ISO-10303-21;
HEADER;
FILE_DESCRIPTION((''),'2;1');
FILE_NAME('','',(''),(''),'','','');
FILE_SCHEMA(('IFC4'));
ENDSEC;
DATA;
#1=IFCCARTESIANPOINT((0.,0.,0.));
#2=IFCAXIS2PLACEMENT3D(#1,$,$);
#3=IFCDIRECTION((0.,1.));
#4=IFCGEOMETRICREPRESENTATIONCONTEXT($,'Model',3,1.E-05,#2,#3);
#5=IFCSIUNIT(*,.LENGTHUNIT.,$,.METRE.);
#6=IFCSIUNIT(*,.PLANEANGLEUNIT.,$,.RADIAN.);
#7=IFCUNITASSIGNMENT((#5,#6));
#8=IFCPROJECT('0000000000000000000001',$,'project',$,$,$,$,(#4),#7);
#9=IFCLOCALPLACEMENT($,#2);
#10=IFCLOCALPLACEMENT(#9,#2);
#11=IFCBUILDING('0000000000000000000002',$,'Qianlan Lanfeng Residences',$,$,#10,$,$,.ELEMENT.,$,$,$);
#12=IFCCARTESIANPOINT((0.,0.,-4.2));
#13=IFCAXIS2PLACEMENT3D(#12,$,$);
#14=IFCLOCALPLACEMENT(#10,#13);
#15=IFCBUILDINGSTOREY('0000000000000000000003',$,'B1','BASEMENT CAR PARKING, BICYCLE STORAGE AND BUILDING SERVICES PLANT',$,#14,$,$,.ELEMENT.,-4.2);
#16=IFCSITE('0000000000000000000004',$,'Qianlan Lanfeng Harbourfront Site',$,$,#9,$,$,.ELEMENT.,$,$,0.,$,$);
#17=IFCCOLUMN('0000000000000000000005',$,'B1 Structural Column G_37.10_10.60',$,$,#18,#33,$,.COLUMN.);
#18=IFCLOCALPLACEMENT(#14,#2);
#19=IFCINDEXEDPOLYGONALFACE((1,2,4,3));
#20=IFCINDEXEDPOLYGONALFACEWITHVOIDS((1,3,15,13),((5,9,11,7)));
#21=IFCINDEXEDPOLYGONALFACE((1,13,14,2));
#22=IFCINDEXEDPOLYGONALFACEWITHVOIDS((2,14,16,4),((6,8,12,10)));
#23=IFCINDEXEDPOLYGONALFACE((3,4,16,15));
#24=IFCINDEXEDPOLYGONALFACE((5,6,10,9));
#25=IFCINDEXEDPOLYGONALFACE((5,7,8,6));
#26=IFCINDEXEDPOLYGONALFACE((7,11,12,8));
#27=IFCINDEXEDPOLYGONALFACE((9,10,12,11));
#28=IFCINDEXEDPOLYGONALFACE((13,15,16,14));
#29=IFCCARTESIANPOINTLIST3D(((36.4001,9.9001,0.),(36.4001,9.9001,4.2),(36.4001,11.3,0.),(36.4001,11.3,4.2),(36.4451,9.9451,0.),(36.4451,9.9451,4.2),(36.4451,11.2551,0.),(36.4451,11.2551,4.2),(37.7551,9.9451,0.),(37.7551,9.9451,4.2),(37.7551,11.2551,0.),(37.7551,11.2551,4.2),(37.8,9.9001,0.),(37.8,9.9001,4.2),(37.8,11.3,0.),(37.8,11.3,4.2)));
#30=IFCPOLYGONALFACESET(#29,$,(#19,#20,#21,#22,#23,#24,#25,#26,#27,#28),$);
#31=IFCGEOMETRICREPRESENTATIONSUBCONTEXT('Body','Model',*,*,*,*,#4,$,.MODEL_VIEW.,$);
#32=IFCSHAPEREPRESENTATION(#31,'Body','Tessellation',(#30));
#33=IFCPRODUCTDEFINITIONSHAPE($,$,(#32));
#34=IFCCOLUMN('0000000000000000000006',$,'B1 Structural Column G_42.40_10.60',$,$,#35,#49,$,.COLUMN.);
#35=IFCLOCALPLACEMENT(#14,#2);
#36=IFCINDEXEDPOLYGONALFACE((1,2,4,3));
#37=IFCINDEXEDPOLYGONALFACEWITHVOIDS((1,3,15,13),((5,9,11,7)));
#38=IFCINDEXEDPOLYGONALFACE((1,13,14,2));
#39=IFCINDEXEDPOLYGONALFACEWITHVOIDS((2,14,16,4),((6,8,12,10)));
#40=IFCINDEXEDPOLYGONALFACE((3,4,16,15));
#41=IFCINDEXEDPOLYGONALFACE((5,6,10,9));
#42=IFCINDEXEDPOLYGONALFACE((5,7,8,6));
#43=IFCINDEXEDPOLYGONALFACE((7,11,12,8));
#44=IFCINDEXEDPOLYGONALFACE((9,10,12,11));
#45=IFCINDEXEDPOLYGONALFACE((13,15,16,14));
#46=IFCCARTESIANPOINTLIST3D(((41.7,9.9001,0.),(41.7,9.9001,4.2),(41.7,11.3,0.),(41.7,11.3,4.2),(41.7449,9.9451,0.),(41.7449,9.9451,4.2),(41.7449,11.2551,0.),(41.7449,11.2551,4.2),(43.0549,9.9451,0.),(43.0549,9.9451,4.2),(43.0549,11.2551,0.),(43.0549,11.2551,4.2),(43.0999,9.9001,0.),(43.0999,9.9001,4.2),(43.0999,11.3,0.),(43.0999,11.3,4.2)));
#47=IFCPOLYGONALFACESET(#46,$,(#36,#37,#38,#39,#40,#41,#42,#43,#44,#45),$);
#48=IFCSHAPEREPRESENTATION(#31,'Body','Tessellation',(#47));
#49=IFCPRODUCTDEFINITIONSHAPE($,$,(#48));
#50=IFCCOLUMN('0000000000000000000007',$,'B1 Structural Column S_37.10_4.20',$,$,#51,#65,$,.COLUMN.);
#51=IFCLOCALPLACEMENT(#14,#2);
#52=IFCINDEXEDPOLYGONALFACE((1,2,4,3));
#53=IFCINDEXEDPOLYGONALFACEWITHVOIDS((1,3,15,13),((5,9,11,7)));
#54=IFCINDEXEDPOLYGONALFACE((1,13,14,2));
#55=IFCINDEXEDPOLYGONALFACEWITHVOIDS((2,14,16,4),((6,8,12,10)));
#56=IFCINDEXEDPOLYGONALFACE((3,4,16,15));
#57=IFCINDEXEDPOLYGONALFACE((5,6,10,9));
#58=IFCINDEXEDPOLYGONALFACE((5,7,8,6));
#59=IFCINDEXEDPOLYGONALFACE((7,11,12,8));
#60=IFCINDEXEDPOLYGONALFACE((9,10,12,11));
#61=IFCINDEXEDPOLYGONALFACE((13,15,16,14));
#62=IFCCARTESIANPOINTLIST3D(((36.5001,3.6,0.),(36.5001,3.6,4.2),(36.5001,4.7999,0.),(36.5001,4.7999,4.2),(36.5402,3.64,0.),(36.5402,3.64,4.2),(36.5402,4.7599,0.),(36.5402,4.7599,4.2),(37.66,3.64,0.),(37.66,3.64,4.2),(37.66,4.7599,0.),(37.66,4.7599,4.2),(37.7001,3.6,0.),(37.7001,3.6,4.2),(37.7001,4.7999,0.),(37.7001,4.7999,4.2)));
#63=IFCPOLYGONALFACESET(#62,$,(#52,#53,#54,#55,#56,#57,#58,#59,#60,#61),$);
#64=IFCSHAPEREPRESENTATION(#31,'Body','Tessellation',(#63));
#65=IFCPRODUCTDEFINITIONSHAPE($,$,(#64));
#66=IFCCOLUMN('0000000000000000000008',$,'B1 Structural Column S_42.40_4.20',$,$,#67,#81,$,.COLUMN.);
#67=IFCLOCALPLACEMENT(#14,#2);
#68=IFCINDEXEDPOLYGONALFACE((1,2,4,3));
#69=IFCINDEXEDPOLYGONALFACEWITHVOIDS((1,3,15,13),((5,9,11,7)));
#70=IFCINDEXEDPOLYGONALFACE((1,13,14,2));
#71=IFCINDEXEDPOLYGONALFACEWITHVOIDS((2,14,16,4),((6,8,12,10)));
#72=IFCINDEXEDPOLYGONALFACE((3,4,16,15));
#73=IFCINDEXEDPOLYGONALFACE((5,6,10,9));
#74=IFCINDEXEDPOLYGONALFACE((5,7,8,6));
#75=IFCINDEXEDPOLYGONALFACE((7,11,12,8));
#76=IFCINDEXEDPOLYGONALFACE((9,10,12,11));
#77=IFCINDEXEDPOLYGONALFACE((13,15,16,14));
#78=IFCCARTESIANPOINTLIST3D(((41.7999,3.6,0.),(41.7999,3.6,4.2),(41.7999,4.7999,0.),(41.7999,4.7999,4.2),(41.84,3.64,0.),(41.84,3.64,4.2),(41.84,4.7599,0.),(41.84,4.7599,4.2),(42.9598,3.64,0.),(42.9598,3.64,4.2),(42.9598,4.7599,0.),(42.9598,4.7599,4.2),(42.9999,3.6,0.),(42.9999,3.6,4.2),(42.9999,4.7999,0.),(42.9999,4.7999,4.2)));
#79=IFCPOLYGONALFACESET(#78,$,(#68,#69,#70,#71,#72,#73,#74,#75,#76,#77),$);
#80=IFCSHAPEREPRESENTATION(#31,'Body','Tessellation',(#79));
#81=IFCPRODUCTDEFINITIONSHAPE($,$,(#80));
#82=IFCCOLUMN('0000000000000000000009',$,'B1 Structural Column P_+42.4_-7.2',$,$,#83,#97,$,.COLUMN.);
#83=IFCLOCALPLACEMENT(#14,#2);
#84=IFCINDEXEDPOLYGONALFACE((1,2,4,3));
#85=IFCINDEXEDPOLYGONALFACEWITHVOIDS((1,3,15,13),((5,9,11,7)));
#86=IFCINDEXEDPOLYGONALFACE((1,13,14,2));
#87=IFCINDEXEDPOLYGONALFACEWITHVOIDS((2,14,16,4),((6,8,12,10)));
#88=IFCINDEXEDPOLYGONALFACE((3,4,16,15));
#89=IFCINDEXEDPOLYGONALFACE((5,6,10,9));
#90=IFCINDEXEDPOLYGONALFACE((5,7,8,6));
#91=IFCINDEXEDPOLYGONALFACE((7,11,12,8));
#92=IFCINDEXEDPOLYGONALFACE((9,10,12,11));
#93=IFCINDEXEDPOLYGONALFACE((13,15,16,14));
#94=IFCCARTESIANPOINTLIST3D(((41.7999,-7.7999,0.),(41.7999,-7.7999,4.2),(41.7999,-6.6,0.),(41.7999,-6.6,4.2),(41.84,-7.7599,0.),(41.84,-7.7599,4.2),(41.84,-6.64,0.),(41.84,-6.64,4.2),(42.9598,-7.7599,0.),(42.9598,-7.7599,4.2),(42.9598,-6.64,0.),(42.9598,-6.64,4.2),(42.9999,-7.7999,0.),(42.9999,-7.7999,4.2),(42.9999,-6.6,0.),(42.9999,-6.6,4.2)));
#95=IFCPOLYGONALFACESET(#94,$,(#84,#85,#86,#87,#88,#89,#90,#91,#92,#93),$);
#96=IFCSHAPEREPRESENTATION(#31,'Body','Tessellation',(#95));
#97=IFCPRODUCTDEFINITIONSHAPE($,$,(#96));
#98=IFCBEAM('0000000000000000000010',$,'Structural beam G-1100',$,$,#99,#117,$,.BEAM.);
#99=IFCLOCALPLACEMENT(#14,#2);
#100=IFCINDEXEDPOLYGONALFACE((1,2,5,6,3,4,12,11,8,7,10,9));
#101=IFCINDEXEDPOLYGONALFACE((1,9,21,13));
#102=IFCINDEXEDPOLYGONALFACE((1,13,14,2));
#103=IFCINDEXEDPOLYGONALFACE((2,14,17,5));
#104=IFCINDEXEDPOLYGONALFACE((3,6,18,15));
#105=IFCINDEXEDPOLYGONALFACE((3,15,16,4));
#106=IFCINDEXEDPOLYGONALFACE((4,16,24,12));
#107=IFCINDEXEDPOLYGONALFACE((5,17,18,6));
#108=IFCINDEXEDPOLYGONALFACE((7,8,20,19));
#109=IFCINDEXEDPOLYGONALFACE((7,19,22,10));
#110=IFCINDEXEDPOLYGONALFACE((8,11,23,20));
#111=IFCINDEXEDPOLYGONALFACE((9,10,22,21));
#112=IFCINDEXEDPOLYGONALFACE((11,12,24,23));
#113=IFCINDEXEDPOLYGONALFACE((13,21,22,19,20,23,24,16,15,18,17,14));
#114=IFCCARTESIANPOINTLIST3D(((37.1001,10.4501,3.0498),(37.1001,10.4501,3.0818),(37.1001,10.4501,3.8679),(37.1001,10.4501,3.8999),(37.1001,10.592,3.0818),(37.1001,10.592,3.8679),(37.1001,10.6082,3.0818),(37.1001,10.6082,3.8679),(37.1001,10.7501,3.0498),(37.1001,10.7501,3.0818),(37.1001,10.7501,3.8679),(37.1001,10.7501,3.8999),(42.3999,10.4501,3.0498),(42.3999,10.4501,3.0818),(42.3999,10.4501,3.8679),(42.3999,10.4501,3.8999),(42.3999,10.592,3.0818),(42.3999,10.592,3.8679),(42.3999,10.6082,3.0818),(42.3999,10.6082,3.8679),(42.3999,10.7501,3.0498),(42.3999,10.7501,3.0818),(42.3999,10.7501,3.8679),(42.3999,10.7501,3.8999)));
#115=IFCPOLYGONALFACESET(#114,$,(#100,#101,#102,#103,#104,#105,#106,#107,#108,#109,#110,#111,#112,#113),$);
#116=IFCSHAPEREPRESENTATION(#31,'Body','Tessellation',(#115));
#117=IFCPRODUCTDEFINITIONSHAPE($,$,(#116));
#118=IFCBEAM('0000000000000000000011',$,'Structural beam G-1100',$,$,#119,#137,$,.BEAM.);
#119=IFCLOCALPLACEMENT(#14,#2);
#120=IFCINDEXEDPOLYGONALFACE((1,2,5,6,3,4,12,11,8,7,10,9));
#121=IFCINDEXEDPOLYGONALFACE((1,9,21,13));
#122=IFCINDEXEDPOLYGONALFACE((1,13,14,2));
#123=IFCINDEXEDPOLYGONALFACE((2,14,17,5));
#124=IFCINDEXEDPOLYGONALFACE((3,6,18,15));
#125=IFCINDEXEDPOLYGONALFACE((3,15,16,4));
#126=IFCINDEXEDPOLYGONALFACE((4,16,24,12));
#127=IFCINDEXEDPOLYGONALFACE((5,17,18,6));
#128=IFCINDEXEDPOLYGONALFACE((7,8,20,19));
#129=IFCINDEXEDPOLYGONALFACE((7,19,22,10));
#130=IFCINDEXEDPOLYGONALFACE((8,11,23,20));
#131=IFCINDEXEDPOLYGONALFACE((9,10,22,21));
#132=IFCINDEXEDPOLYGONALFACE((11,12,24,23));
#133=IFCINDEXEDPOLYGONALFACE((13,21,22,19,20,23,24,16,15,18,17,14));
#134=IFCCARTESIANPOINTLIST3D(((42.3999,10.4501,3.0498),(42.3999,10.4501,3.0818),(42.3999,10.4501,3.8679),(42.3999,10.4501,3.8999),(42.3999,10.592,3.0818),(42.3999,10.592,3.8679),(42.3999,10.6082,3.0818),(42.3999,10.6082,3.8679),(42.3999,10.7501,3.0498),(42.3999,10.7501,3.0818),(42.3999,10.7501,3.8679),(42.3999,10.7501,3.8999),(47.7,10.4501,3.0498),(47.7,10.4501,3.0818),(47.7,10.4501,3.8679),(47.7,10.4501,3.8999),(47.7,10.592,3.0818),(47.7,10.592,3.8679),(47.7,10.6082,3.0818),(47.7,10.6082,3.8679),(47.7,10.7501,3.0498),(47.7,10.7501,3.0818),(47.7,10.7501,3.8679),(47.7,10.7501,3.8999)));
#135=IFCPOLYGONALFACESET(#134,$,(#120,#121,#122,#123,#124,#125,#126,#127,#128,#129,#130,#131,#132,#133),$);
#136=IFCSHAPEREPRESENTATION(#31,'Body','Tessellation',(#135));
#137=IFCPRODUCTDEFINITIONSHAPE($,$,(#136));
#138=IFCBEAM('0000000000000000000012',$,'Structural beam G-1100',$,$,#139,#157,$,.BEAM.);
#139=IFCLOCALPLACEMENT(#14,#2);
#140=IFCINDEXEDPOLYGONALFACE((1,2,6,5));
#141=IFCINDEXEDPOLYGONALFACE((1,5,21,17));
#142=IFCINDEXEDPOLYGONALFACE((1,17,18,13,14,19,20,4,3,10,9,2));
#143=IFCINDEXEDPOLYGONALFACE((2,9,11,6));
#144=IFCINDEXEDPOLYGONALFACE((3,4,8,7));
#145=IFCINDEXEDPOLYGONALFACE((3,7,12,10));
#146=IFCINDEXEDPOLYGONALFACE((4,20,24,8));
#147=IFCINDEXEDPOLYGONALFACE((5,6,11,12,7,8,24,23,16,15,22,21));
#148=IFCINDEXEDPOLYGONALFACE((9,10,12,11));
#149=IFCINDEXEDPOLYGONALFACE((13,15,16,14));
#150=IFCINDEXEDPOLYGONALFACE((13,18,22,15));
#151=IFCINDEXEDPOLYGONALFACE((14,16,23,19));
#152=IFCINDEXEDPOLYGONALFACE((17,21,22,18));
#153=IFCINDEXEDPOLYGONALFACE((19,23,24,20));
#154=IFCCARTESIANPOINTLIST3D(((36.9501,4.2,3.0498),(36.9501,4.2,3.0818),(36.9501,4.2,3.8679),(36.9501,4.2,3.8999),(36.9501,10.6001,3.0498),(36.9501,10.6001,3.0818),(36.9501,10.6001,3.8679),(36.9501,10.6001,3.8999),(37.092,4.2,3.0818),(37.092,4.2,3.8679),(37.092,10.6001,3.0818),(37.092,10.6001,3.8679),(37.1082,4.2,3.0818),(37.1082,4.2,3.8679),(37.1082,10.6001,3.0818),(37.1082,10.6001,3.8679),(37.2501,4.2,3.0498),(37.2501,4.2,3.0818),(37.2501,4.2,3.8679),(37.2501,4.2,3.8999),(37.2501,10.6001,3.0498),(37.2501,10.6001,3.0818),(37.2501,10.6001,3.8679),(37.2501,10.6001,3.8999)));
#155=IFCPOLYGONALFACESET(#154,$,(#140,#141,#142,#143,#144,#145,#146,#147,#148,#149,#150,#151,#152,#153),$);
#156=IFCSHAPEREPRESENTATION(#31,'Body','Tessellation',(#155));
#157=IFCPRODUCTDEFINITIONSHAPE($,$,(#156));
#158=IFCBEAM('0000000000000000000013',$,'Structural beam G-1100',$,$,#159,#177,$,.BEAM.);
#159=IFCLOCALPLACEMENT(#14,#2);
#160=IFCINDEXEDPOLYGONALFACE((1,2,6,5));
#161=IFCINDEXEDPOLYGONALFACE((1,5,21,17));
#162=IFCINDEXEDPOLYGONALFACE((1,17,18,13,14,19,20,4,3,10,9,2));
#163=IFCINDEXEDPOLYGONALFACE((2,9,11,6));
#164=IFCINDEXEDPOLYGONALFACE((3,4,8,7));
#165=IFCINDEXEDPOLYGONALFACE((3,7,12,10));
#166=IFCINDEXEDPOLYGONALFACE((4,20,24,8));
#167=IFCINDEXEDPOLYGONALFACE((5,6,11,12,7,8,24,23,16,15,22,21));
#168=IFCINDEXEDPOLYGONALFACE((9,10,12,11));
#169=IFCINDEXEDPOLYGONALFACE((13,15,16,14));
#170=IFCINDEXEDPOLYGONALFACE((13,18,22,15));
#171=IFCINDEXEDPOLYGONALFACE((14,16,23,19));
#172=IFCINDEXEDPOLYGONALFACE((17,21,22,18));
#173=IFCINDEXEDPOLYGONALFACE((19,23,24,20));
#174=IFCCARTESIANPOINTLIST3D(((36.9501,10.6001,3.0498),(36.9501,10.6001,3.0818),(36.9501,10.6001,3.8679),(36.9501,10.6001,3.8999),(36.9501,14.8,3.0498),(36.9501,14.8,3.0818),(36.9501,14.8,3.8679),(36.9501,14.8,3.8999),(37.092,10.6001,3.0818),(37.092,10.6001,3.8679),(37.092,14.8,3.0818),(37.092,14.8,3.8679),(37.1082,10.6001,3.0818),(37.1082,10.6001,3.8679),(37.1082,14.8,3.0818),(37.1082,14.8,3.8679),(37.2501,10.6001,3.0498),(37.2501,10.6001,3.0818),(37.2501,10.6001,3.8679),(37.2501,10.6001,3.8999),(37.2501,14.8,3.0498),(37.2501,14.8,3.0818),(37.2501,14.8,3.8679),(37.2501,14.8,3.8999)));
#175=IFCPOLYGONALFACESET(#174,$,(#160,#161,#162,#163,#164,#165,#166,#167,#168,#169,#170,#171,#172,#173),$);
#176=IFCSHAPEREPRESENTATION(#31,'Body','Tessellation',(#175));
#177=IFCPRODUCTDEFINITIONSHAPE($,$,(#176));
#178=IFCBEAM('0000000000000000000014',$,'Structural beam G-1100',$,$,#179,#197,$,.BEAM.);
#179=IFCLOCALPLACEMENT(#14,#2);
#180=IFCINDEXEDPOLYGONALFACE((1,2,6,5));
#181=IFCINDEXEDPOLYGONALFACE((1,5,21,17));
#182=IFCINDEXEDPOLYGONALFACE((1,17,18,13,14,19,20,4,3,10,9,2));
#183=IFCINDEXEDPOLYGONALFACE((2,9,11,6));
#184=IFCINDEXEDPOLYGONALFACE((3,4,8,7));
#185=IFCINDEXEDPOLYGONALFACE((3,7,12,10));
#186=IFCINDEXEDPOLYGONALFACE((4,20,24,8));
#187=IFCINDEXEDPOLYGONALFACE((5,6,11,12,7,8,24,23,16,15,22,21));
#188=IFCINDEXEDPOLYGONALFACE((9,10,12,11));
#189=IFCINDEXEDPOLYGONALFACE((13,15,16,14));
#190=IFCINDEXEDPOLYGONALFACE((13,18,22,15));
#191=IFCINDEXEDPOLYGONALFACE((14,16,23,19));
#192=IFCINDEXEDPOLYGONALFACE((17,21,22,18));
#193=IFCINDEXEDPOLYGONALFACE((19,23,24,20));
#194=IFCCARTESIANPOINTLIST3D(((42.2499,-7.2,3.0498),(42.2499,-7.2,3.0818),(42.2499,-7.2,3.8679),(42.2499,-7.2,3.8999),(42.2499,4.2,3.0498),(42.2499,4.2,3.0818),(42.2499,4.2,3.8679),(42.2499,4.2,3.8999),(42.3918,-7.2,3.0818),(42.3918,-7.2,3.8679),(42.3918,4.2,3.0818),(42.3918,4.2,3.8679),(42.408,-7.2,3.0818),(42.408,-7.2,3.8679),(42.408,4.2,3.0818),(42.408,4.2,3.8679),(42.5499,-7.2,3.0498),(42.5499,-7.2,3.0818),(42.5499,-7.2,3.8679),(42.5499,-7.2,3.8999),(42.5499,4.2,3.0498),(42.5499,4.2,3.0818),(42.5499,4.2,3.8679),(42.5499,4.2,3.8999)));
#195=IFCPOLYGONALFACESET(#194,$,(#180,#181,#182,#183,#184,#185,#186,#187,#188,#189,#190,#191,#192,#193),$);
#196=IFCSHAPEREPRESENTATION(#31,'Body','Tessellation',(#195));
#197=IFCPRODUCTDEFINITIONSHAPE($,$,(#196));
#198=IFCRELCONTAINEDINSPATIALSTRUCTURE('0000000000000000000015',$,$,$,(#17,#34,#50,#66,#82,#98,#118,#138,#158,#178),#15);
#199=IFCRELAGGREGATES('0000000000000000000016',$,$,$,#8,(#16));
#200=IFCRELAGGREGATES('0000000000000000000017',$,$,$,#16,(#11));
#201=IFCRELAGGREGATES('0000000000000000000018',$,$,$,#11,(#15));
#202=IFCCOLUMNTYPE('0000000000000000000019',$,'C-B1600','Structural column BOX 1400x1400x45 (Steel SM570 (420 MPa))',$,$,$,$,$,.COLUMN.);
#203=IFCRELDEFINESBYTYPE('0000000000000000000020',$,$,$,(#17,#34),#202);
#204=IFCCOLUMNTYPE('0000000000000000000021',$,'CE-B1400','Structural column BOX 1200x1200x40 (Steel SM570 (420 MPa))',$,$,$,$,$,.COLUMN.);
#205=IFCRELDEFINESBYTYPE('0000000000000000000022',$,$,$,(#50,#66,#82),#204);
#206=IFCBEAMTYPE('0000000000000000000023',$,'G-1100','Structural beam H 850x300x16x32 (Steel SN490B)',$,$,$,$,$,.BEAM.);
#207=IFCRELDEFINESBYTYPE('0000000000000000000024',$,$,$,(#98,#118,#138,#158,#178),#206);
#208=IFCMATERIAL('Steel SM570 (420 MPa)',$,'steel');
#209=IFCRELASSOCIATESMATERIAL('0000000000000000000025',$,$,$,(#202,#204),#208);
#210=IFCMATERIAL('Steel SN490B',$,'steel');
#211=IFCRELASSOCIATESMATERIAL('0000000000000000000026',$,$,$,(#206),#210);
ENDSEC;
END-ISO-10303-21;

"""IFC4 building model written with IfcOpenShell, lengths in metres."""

from ifc_helpers import new_model, si_unit, direction, frame, origin, origin_2d, place, context, subcontext, project, spatial, hollow_rectangle, i_section, extrude, material, material_profile, profile_set, type_object, element, save


model = new_model("IFC4")

# Units and contexts
model_context = context("Model", 3, precision=1e-05, world=origin(), true_north=direction((0.0, 1.0)))
body_context = subcontext(model_context, "Body", "Model", "MODEL_VIEW")
ifc_project = project(units=[si_unit("LENGTHUNIT", "METRE"), si_unit("PLANEANGLEUNIT", "RADIAN")], contexts=[model_context])

# Site, building, storey
site_placement = place(None, origin())
site = spatial("IfcSite", under=ifc_project, at=site_placement, Name="Qianlan Lanfeng Harbourfront Site", CompositionType="ELEMENT", RefElevation=0.0)
building_placement = place(site_placement, origin())
building = spatial("IfcBuilding", under=site, at=building_placement, Name="Qianlan Lanfeng Residences", CompositionType="ELEMENT")
storey_placement = place(building_placement, frame((0.0, 0.0, -4.2)))
storey = spatial("IfcBuildingStorey", under=building, at=storey_placement, Name="B1", Description="BASEMENT CAR PARKING, BICYCLE STORAGE AND BUILDING SERVICES PLANT", CompositionType="ELEMENT", Elevation=-4.2)

# Columns
ifc_material_1 = material(Name="Steel SM570 (420 MPa)", Category="steel")
ifc_material_profile_1 = material_profile(ifc_material_1, hollow_rectangle(XDim=1.3999, YDim=1.3999, WallThickness=0.0449, at=origin_2d()), Name="BOX 1400x1400x45")
ifc_profile_set_1 = profile_set([ifc_material_profile_1], Name="Steel SM570 (420 MPa)")
column_type_1 = type_object("IfcColumnType", Name="C-B1600", Description="Structural column BOX 1400x1400x45 (Steel SM570 (420 MPa))", PredefinedType="COLUMN", material=ifc_profile_set_1)
for number, where, z_axis, x_axis, name in (
    (1, (37.1001, 10.6001, 0.0), (0.0, 0.0, 1.0), (1.0, 0.0, 0.0), "B1 Structural Column G_37.10_10.60"),
    (2, (42.3999, 10.6001, 0.0), (0.0, 0.0, 1.0), (1.0, 0.0, 0.0), "B1 Structural Column G_42.40_10.60"),
):
    element("IfcColumn", number, at=place(storey_placement, frame(where, z_axis=z_axis, x_axis=x_axis)), inside=storey, type_object=column_type_1, Name=name, PredefinedType="COLUMN", context=body_context, shape_type="SweptSolid", body=[
        extrude(hollow_rectangle(XDim=1.3999, YDim=1.3999, WallThickness=0.0449, at=origin_2d()), origin(), (0.0, 0.0, 1.0), 4.2),
    ])
ifc_material_profile_2 = material_profile(ifc_material_1, hollow_rectangle(XDim=1.2, YDim=1.2, WallThickness=0.04, at=origin_2d()), Name="BOX 1200x1200x40")
ifc_profile_set_2 = profile_set([ifc_material_profile_2], Name="Steel SM570 (420 MPa)")
column_type_2 = type_object("IfcColumnType", Name="CE-B1400", Description="Structural column BOX 1200x1200x40 (Steel SM570 (420 MPa))", PredefinedType="COLUMN", material=ifc_profile_set_2)
for number, where, z_axis, x_axis, name in (
    (3, (37.1001, 4.2, 0.0), (0.0, 0.0, 1.0), (1.0, 0.0, 0.0), "B1 Structural Column S_37.10_4.20"),
    (4, (42.3999, 4.2, 0.0), (0.0, 0.0, 1.0), (1.0, 0.0, 0.0), "B1 Structural Column S_42.40_4.20"),
    (5, (42.3999, -7.2, 0.0), (0.0, 0.0, 1.0), (1.0, 0.0, 0.0), "B1 Structural Column P_+42.4_-7.2"),
):
    element("IfcColumn", number, at=place(storey_placement, frame(where, z_axis=z_axis, x_axis=x_axis)), inside=storey, type_object=column_type_2, Name=name, PredefinedType="COLUMN", context=body_context, shape_type="SweptSolid", body=[
        extrude(hollow_rectangle(XDim=1.2, YDim=1.2, WallThickness=0.04, at=origin_2d()), origin(), (0.0, 0.0, 1.0), 4.2),
    ])

# Beams
ifc_material_2 = material(Name="Steel SN490B", Category="steel")
ifc_material_profile_3 = material_profile(ifc_material_2, i_section(OverallWidth=0.3, OverallDepth=0.8501, WebThickness=0.0161, FlangeThickness=0.032, at=origin_2d()), Name="H 850x300x16x32")
ifc_profile_set_3 = profile_set([ifc_material_profile_3], Name="Steel SN490B")
beam_type_1 = type_object("IfcBeamType", Name="G-1100", Description="Structural beam H 850x300x16x32 (Steel SN490B)", PredefinedType="BEAM", material=ifc_profile_set_3)
beam_1_placement = place(storey_placement, frame((37.1001, 10.6001, 3.4749), z_axis=(1.0, 0.0, 0.0), x_axis=(0.0, 1.0, 0.0)))
element("IfcBeam", 6, at=beam_1_placement, inside=storey, type_object=beam_type_1, Name="Structural beam G-1100", PredefinedType="BEAM", context=body_context, shape_type="SweptSolid", body=[
    extrude(i_section(OverallWidth=0.3, OverallDepth=0.8501, WebThickness=0.0161, FlangeThickness=0.032, at=origin_2d()), origin(), (0.0, 0.0, 1.0), 5.2998),
])
beam_2_placement = place(storey_placement, frame((42.3999, 10.6001, 3.4749), z_axis=(1.0, 0.0, 0.0), x_axis=(0.0, 1.0, 0.0)))
element("IfcBeam", 7, at=beam_2_placement, inside=storey, type_object=beam_type_1, Name="Structural beam G-1100", PredefinedType="BEAM", context=body_context, shape_type="SweptSolid", body=[
    extrude(i_section(OverallWidth=0.3, OverallDepth=0.8501, WebThickness=0.0161, FlangeThickness=0.032, at=origin_2d()), origin(), (0.0, 0.0, 1.0), 5.3),
])
beam_3_placement = place(storey_placement, frame((37.1001, 4.2, 3.4749), z_axis=(0.0, 1.0, 0.0), x_axis=(-1.0, 0.0, 0.0)))
element("IfcBeam", 8, at=beam_3_placement, inside=storey, type_object=beam_type_1, Name="Structural beam G-1100", PredefinedType="BEAM", context=body_context, shape_type="SweptSolid", body=[
    extrude(i_section(OverallWidth=0.3, OverallDepth=0.8501, WebThickness=0.0161, FlangeThickness=0.032, at=origin_2d()), origin(), (0.0, 0.0, 1.0), 6.4001),
])
beam_4_placement = place(storey_placement, frame((37.1001, 10.6001, 3.4749), z_axis=(0.0, 1.0, 0.0), x_axis=(-1.0, 0.0, 0.0)))
element("IfcBeam", 9, at=beam_4_placement, inside=storey, type_object=beam_type_1, Name="Structural beam G-1100", PredefinedType="BEAM", context=body_context, shape_type="SweptSolid", body=[
    extrude(i_section(OverallWidth=0.3, OverallDepth=0.8501, WebThickness=0.0161, FlangeThickness=0.032, at=origin_2d()), origin(), (0.0, 0.0, 1.0), 4.2),
])
beam_5_placement = place(storey_placement, frame((42.3999, -7.2, 3.4749), z_axis=(0.0, 1.0, 0.0), x_axis=(-1.0, 0.0, 0.0)))
element("IfcBeam", 10, at=beam_5_placement, inside=storey, type_object=beam_type_1, Name="Structural beam G-1100", PredefinedType="BEAM", context=body_context, shape_type="SweptSolid", body=[
    extrude(i_section(OverallWidth=0.3, OverallDepth=0.8501, WebThickness=0.0161, FlangeThickness=0.032, at=origin_2d()), origin(), (0.0, 0.0, 1.0), 11.3999),
])

save(model, "model.ifc")
